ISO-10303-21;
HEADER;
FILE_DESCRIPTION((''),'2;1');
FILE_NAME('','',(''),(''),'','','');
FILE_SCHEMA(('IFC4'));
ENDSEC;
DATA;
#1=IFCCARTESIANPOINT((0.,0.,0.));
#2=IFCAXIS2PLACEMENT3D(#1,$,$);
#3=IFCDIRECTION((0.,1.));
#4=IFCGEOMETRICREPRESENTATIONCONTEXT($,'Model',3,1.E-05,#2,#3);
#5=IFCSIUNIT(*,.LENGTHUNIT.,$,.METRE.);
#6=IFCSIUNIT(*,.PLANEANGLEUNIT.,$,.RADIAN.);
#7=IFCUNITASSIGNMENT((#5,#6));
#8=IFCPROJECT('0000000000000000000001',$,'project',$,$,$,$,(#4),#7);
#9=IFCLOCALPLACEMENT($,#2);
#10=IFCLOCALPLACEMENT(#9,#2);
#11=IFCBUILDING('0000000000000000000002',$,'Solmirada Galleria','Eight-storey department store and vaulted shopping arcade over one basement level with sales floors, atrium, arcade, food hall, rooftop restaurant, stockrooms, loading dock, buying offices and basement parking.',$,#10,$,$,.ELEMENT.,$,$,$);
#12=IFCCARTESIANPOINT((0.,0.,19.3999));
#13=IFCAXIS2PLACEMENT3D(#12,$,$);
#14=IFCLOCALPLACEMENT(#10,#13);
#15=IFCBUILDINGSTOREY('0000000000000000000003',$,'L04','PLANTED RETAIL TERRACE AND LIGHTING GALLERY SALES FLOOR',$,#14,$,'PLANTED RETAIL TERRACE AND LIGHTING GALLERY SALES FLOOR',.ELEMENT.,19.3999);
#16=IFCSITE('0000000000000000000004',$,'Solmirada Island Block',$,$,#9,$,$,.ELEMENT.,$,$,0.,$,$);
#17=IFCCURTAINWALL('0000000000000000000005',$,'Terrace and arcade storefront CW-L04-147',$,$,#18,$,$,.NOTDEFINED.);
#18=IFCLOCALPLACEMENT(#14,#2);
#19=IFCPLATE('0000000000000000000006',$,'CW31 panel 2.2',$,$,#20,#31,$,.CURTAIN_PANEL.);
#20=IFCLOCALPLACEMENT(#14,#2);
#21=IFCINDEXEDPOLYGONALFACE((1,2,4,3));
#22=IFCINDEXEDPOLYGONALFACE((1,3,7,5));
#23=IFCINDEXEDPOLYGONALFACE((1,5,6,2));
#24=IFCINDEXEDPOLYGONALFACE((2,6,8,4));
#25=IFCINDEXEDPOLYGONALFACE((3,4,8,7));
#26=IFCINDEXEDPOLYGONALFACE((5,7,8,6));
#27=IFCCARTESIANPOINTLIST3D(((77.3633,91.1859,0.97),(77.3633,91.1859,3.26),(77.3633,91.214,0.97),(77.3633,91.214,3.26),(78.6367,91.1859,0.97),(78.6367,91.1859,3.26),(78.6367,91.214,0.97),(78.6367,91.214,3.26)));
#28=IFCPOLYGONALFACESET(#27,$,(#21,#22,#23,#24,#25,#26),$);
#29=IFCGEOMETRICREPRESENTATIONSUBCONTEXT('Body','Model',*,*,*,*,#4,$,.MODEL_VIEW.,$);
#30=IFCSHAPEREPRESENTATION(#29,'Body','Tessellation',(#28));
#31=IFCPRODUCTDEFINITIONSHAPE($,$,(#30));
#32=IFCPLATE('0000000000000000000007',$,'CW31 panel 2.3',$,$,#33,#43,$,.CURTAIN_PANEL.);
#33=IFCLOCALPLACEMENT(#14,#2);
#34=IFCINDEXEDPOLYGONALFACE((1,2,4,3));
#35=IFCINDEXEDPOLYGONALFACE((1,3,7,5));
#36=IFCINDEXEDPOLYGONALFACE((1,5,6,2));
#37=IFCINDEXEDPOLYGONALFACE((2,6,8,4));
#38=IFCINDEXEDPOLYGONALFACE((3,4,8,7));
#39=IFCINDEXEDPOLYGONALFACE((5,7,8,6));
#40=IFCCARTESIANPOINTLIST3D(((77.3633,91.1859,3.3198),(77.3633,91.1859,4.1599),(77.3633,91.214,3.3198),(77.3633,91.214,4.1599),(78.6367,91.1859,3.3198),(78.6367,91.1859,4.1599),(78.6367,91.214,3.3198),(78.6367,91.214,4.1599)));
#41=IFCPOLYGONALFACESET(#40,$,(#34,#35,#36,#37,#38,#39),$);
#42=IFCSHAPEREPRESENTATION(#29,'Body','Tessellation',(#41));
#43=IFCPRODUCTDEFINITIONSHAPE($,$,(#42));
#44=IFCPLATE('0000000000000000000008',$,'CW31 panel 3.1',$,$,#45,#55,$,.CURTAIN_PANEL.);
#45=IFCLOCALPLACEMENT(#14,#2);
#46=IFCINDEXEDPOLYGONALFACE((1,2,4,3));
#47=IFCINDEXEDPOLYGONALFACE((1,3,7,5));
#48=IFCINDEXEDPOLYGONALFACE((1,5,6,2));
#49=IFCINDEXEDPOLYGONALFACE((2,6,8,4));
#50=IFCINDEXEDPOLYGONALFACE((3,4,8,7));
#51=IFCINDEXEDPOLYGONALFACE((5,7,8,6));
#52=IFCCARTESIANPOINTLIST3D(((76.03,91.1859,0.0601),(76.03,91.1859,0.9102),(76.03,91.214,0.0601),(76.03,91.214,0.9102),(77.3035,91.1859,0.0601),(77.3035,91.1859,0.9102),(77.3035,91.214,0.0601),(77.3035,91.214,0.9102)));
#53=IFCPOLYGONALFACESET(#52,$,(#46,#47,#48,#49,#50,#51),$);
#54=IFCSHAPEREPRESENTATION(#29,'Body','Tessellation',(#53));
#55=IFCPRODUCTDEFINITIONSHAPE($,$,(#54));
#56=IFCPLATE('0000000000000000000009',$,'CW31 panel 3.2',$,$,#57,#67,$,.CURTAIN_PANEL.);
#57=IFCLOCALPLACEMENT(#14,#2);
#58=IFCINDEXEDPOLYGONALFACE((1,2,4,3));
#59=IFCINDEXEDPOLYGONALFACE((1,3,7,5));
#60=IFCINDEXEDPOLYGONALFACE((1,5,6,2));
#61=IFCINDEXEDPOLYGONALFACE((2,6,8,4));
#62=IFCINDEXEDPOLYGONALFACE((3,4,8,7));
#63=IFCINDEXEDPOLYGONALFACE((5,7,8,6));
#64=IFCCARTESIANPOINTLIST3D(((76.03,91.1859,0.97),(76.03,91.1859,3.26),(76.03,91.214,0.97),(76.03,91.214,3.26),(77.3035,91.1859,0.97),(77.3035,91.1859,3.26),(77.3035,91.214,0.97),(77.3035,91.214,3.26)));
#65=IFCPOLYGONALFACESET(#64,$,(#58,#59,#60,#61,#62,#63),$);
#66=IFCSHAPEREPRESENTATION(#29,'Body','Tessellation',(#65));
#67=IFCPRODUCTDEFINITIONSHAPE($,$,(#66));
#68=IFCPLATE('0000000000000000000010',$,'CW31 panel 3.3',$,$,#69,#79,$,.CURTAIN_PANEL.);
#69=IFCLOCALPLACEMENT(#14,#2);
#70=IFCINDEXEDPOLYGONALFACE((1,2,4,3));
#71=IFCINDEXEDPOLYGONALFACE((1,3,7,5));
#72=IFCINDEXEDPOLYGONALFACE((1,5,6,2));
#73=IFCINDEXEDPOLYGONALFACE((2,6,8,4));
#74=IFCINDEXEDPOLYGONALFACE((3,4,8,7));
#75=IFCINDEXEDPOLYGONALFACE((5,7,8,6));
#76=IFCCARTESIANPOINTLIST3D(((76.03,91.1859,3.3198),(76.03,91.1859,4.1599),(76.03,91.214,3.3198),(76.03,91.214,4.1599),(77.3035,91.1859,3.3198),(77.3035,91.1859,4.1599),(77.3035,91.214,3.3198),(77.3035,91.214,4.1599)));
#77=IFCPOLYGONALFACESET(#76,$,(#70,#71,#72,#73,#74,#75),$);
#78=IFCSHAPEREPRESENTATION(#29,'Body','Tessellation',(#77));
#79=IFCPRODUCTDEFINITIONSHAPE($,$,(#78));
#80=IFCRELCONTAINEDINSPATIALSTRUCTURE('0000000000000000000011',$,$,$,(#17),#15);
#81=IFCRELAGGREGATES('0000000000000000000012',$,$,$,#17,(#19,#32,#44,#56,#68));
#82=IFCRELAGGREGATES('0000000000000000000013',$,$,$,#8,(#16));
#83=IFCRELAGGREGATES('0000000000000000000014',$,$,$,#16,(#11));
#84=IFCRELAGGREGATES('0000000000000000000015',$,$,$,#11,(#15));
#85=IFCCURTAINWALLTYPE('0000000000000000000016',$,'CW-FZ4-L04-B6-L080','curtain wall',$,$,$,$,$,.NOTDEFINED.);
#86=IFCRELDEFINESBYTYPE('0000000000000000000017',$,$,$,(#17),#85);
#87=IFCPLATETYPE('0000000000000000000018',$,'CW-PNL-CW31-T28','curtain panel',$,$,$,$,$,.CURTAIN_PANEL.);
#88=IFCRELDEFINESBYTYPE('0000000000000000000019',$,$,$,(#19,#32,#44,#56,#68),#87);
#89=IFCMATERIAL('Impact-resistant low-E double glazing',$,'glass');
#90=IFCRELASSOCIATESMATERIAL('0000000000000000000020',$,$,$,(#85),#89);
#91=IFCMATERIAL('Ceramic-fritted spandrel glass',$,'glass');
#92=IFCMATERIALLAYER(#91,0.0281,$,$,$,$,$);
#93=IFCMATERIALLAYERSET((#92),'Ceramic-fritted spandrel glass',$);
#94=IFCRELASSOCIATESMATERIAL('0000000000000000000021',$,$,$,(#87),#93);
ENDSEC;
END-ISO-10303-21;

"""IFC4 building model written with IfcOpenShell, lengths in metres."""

from ifc_helpers import new_model, si_unit, direction, frame, origin, origin_2d, place, context, subcontext, project, spatial, rectangle, extrude, material, layer, layer_set, type_object, element, aggregate, save


model = new_model("IFC4")

# Units and contexts
model_context = context("Model", 3, precision=1e-05, world=origin(), true_north=direction((0.0, 1.0)))
body_context = subcontext(model_context, "Body", "Model", "MODEL_VIEW")
ifc_project = project(units=[si_unit("LENGTHUNIT", "METRE"), si_unit("PLANEANGLEUNIT", "RADIAN")], contexts=[model_context])

# Site, building, storey
site_placement = place(None, origin())
site = spatial("IfcSite", under=ifc_project, at=site_placement, Name="Solmirada Island Block", CompositionType="ELEMENT", RefElevation=0.0)
building_placement = place(site_placement, origin())
building = spatial("IfcBuilding", under=site, at=building_placement, Name="Solmirada Galleria", Description="Eight-storey department store and vaulted shopping arcade over one basement level with sales floors, atrium, arcade, food hall, rooftop restaurant, stockrooms, loading dock, buying offices and basement parking.", CompositionType="ELEMENT")
storey_placement = place(building_placement, frame((0.0, 0.0, 19.3999)))
storey = spatial("IfcBuildingStorey", under=building, at=storey_placement, Name="L04", Description="PLANTED RETAIL TERRACE AND LIGHTING GALLERY SALES FLOOR", LongName="PLANTED RETAIL TERRACE AND LIGHTING GALLERY SALES FLOOR", CompositionType="ELEMENT", Elevation=19.3999)

# Curtain wall, plates
ifc_material_1 = material(Name="Impact-resistant low-E double glazing", Category="glass")
curtain_wall_type = type_object("IfcCurtainWallType", Name="CW-FZ4-L04-B6-L080", Description="curtain wall", PredefinedType="NOTDEFINED", material=ifc_material_1)
curtain_wall_placement = place(storey_placement, origin())
curtain_wall = element("IfcCurtainWall", 1, at=curtain_wall_placement, inside=storey, type_object=curtain_wall_type, Name="Terrace and arcade storefront CW-L04-147", PredefinedType="NOTDEFINED")
ifc_material_2 = material(Name="Ceramic-fritted spandrel glass", Category="glass")
ifc_layer = layer(ifc_material_2, 0.0281)
ifc_layer_set = layer_set([ifc_layer], Name="Ceramic-fritted spandrel glass")
plate_type = type_object("IfcPlateType", Name="CW-PNL-CW31-T28", Description="curtain panel", PredefinedType="CURTAIN_PANEL", material=ifc_layer_set)
plate_1_placement = place(storey_placement, frame((78.0, 91.2, 0.97), z_axis=(0.0, 0.0, 1.0), x_axis=(-1.0, 0.0, 0.0)))
plate_1 = element("IfcPlate", 2, at=plate_1_placement, type_object=plate_type, Name="CW31 panel 2.2", PredefinedType="CURTAIN_PANEL", context=body_context, shape_type="SweptSolid", body=[
    extrude(rectangle(XDim=1.2734, YDim=0.0281, at=origin_2d()), origin(), (0.0, 0.0, 1.0), 2.29),
])
plate_2_placement = place(storey_placement, frame((78.0, 91.2, 3.3198), z_axis=(0.0, 0.0, 1.0), x_axis=(-1.0, 0.0, 0.0)))
plate_2 = element("IfcPlate", 3, at=plate_2_placement, type_object=plate_type, Name="CW31 panel 2.3", PredefinedType="CURTAIN_PANEL", context=body_context, shape_type="SweptSolid", body=[
    extrude(rectangle(XDim=1.2734, YDim=0.0281, at=origin_2d()), origin(), (0.0, 0.0, 1.0), 0.8401),
])
plate_3_placement = place(storey_placement, frame((76.6667, 91.2, 0.0601), z_axis=(0.0, 0.0, 1.0), x_axis=(-1.0, 0.0, 0.0)))
plate_3 = element("IfcPlate", 4, at=plate_3_placement, type_object=plate_type, Name="CW31 panel 3.1", PredefinedType="CURTAIN_PANEL", context=body_context, shape_type="SweptSolid", body=[
    extrude(rectangle(XDim=1.2734, YDim=0.0281, at=origin_2d()), origin(), (0.0, 0.0, 1.0), 0.8501),
])
plate_4_placement = place(storey_placement, frame((76.6667, 91.2, 0.97), z_axis=(0.0, 0.0, 1.0), x_axis=(-1.0, 0.0, 0.0)))
plate_4 = element("IfcPlate", 5, at=plate_4_placement, type_object=plate_type, Name="CW31 panel 3.2", PredefinedType="CURTAIN_PANEL", context=body_context, shape_type="SweptSolid", body=[
    extrude(rectangle(XDim=1.2734, YDim=0.0281, at=origin_2d()), origin(), (0.0, 0.0, 1.0), 2.29),
])
plate_5_placement = place(storey_placement, frame((76.6667, 91.2, 3.3198), z_axis=(0.0, 0.0, 1.0), x_axis=(-1.0, 0.0, 0.0)))
plate_5 = element("IfcPlate", 6, at=plate_5_placement, type_object=plate_type, Name="CW31 panel 3.3", PredefinedType="CURTAIN_PANEL", context=body_context, shape_type="SweptSolid", body=[
    extrude(rectangle(XDim=1.2734, YDim=0.0281, at=origin_2d()), origin(), (0.0, 0.0, 1.0), 0.8401),
])
aggregate(curtain_wall, [plate_1, plate_2, plate_3, plate_4, plate_5])

save(model, "model.ifc")
